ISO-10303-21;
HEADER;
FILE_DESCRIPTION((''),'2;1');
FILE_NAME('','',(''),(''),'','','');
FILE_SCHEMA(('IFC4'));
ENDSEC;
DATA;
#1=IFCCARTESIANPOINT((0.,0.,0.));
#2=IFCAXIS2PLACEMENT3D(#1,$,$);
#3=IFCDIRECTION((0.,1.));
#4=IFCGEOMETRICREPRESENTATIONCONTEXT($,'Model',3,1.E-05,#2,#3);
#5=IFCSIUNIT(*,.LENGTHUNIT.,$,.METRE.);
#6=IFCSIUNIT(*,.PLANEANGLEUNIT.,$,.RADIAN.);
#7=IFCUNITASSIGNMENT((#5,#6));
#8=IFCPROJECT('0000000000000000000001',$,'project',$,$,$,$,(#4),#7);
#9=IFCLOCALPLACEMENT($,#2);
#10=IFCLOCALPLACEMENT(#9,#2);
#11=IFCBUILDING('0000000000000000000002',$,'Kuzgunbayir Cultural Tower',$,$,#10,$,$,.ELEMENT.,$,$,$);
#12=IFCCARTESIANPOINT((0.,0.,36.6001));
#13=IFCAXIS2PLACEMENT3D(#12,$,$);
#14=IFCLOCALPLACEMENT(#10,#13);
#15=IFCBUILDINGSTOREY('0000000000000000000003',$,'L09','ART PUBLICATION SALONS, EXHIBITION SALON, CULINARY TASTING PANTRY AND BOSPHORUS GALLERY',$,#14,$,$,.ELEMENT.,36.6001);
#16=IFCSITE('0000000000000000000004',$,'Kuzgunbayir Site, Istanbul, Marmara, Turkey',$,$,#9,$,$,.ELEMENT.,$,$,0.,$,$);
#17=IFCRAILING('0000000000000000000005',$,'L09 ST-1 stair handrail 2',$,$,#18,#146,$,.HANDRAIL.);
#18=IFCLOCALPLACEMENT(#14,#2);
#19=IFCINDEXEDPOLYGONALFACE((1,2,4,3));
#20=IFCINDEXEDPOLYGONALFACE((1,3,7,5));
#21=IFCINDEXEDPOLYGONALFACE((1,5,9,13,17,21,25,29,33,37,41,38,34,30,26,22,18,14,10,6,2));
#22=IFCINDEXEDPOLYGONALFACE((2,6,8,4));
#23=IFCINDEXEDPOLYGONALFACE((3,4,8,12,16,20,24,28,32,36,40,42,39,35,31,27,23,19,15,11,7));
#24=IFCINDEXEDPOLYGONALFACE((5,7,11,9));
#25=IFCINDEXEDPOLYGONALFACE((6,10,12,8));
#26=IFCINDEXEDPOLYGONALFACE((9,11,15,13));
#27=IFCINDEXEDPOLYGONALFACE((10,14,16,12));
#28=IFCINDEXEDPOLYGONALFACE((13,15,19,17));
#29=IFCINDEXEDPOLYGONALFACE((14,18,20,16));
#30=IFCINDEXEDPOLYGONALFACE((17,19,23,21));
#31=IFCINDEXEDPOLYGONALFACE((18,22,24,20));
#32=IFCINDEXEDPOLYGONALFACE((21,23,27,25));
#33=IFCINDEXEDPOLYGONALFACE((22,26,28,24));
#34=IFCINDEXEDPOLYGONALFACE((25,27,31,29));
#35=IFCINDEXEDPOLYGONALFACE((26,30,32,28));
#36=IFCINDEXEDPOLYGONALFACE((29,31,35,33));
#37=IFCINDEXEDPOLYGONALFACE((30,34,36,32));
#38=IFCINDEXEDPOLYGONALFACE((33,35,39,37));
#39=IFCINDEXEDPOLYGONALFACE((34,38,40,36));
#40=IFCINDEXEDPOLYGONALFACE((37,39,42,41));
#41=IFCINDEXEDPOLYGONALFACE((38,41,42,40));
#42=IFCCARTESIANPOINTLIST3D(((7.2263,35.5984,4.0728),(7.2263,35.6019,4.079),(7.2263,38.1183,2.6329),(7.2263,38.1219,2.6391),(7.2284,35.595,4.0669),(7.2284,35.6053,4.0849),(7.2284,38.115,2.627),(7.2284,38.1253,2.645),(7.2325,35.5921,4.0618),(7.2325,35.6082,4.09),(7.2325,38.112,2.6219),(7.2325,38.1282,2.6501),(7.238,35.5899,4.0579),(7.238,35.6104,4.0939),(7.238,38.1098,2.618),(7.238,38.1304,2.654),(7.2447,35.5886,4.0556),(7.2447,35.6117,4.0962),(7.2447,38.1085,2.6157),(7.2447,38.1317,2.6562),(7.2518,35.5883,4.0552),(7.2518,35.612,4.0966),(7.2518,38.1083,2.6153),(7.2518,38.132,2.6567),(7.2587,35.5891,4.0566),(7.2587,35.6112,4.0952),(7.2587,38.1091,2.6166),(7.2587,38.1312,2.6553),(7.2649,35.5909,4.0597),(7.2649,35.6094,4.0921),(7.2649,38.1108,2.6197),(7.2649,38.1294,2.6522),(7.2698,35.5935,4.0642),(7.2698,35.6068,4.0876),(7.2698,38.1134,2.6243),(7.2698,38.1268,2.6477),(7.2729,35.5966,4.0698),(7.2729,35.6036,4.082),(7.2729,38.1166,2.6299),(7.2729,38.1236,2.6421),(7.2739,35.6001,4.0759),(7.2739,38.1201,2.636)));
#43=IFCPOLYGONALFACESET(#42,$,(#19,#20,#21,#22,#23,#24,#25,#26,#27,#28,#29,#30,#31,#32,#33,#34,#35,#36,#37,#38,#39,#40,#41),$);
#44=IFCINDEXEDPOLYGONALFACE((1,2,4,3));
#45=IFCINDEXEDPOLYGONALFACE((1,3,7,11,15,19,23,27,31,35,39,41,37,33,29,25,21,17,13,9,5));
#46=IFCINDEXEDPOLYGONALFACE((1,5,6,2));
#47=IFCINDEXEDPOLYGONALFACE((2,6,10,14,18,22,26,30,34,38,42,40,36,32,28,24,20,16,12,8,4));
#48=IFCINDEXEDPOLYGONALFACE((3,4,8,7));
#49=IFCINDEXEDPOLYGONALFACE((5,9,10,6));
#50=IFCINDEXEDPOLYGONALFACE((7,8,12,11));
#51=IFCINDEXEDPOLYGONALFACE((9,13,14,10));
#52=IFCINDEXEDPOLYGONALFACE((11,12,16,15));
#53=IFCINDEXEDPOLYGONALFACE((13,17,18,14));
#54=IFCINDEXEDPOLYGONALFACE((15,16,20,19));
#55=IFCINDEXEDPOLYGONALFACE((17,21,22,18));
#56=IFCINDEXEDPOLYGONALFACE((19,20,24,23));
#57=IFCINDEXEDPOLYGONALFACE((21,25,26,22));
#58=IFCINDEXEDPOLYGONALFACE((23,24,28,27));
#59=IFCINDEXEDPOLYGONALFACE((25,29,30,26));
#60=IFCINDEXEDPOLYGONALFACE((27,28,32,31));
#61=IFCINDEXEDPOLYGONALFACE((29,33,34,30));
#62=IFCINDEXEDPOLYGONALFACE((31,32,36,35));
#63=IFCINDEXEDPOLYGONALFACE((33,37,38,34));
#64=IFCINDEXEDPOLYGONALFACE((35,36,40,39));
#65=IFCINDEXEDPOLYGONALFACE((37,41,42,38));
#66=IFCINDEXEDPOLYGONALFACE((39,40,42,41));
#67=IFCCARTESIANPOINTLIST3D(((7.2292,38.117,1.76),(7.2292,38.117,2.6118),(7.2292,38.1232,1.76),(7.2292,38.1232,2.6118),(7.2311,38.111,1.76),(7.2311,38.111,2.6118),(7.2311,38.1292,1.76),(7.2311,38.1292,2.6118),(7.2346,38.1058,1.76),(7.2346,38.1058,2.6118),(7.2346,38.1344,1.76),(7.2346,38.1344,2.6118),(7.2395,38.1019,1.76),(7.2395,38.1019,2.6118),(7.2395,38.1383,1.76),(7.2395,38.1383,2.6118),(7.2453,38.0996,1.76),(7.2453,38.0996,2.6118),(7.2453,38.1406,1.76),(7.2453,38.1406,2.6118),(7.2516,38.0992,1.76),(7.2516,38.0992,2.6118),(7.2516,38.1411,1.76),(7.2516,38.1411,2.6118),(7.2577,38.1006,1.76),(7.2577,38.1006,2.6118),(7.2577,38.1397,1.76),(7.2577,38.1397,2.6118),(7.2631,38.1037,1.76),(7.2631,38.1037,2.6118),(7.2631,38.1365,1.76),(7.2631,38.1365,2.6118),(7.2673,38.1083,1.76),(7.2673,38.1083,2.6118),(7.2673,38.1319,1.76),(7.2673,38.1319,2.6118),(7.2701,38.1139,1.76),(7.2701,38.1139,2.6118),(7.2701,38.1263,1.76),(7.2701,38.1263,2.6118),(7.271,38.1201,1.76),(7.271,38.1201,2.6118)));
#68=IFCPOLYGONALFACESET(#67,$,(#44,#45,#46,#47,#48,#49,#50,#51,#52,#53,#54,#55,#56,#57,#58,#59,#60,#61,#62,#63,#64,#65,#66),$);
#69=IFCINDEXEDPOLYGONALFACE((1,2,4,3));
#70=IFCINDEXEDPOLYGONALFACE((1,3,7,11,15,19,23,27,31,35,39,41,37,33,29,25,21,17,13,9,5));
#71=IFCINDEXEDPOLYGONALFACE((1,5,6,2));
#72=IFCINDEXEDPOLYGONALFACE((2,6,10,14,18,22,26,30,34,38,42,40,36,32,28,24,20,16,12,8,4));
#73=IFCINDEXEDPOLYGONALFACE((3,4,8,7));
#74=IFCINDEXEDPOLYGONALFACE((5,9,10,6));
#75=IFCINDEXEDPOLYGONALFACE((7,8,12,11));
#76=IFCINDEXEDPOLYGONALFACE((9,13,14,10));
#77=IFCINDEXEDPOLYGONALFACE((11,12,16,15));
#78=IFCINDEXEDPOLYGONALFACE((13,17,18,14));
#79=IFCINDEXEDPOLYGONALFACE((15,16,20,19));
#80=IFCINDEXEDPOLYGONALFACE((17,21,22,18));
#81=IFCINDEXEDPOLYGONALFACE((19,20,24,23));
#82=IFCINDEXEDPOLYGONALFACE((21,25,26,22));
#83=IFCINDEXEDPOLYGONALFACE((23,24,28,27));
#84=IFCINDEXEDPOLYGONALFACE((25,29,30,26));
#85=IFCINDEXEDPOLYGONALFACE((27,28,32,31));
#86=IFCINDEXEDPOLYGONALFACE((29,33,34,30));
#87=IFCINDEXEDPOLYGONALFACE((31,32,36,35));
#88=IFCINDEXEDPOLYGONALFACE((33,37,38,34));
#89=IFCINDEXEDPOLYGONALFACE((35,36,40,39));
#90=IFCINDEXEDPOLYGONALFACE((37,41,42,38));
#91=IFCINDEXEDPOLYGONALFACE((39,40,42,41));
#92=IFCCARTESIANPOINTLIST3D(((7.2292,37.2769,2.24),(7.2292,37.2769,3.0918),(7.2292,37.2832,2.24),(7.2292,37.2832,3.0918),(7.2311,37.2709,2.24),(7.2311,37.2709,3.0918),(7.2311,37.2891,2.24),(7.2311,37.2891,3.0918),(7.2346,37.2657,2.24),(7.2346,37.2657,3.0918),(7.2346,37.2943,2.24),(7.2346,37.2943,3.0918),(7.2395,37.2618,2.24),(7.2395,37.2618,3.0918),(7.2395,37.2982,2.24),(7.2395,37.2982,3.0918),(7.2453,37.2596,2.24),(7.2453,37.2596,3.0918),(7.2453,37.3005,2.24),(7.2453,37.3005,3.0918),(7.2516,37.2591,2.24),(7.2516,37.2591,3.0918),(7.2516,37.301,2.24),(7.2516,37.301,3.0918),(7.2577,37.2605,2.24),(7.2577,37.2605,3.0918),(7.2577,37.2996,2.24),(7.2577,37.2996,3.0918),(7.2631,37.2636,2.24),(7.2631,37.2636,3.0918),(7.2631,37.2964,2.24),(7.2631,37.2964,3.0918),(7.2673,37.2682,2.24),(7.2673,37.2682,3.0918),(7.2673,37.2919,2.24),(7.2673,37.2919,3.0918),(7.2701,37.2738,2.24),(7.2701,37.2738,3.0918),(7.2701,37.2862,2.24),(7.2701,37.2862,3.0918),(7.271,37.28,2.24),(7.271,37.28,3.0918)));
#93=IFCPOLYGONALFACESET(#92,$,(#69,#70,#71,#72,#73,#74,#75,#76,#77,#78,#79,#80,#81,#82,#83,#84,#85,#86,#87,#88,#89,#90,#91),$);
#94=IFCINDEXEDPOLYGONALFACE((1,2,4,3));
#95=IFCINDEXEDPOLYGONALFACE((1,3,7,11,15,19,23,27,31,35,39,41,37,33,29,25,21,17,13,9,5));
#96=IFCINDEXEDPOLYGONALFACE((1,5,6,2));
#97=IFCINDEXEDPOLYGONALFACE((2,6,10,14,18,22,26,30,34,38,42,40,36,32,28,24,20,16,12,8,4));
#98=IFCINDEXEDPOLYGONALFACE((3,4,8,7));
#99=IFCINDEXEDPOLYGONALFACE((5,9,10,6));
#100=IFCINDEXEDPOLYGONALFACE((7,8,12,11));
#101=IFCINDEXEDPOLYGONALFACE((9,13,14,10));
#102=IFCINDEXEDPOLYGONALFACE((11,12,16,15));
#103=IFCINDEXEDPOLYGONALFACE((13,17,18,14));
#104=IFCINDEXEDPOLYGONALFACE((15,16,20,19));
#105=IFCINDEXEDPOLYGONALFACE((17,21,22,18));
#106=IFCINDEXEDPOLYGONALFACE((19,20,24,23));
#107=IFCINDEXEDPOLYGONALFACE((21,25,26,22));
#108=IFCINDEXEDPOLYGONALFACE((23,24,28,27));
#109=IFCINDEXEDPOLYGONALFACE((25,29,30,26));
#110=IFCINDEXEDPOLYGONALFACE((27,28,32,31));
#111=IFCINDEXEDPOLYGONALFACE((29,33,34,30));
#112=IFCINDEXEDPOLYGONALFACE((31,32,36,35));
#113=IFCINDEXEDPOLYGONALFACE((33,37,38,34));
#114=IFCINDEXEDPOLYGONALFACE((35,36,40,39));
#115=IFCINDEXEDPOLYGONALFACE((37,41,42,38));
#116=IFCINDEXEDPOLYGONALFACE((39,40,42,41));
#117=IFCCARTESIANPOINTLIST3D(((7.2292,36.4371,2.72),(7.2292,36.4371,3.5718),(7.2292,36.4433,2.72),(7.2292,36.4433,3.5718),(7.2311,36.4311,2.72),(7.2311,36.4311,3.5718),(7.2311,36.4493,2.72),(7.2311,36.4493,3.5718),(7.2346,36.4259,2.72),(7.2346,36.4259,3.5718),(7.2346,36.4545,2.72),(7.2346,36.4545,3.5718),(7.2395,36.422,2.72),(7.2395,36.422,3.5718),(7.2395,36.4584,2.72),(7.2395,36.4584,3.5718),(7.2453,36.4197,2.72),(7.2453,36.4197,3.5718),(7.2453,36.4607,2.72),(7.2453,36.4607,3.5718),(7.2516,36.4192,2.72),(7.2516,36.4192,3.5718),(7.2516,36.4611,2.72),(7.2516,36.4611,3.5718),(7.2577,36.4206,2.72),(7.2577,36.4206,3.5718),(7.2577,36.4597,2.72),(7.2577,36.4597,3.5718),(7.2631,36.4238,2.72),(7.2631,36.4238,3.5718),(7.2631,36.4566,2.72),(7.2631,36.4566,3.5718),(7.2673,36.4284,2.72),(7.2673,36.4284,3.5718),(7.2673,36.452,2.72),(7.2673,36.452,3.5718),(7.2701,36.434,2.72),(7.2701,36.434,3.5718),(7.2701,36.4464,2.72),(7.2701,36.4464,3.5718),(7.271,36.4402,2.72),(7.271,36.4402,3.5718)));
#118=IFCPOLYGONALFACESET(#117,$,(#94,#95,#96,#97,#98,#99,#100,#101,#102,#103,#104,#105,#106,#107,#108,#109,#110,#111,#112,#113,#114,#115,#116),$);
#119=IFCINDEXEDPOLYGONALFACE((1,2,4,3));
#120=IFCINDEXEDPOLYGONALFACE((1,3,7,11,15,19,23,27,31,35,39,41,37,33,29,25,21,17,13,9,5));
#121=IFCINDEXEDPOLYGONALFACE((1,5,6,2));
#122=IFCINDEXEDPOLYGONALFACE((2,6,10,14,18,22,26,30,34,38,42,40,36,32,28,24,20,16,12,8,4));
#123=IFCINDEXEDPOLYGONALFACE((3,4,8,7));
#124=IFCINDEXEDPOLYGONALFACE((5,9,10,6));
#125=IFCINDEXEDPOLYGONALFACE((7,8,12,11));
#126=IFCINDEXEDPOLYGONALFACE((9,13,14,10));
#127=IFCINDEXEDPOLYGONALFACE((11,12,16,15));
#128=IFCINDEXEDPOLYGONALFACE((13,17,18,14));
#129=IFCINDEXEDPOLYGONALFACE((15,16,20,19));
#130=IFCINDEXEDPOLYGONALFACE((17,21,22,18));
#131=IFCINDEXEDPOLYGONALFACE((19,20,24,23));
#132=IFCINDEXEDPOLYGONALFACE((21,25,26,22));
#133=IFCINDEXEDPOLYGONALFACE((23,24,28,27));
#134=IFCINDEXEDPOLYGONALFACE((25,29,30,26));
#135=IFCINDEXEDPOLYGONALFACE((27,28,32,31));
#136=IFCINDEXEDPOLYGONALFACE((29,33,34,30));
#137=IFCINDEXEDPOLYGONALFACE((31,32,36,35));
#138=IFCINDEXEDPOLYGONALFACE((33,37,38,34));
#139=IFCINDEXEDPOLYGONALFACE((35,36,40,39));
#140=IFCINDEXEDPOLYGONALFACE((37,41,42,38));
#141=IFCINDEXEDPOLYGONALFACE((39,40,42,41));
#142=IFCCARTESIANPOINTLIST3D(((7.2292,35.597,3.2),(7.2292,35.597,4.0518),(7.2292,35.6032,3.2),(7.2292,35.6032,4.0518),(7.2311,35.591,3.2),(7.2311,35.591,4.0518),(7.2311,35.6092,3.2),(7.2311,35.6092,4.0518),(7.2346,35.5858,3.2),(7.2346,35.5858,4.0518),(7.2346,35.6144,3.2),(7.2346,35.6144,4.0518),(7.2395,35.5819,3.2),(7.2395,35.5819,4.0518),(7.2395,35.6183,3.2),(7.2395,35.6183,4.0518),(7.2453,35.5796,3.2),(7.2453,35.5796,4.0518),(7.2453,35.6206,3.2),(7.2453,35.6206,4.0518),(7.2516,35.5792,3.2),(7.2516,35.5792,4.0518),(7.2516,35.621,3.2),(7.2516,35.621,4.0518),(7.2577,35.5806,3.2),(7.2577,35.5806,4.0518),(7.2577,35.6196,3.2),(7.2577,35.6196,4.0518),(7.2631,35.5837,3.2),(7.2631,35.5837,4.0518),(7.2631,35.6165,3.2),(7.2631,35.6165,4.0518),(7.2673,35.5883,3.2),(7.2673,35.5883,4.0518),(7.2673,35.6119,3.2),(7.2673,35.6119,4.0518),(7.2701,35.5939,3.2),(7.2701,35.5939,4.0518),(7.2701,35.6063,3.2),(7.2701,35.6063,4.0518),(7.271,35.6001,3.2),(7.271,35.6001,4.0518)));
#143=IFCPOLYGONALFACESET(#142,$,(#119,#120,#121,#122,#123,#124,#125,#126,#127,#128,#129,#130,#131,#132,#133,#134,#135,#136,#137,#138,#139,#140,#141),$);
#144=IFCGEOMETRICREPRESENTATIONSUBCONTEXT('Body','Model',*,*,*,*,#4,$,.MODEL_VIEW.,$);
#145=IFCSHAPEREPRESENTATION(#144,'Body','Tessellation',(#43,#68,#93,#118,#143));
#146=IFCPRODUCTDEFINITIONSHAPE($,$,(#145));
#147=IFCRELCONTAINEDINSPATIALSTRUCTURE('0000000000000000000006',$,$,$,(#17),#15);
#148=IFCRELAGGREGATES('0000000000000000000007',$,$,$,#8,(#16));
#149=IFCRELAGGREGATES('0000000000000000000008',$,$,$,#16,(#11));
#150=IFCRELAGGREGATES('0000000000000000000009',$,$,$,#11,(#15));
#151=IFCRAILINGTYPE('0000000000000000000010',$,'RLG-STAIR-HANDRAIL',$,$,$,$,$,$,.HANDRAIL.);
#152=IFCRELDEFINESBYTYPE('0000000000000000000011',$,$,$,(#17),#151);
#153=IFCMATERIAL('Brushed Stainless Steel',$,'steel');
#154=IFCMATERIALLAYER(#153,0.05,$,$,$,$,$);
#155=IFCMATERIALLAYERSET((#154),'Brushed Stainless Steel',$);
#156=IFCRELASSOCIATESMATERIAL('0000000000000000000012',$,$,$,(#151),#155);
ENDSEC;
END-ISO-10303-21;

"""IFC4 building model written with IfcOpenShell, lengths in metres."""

from ifc_helpers import new_model, si_unit, direction, frame, origin, origin_2d, place, context, subcontext, project, spatial, circle, extrude, material, layer, layer_set, type_object, element, save


model = new_model("IFC4")

# Units and contexts
model_context = context("Model", 3, precision=1e-05, world=origin(), true_north=direction((0.0, 1.0)))
body_context = subcontext(model_context, "Body", "Model", "MODEL_VIEW")
ifc_project = project(units=[si_unit("LENGTHUNIT", "METRE"), si_unit("PLANEANGLEUNIT", "RADIAN")], contexts=[model_context])

# Site, building, storey
site_placement = place(None, origin())
site = spatial("IfcSite", under=ifc_project, at=site_placement, Name="Kuzgunbayir Site, Istanbul, Marmara, Turkey", CompositionType="ELEMENT", RefElevation=0.0)
building_placement = place(site_placement, origin())
building = spatial("IfcBuilding", under=site, at=building_placement, Name="Kuzgunbayir Cultural Tower", CompositionType="ELEMENT")
storey_placement = place(building_placement, frame((0.0, 0.0, 36.6001)))
storey = spatial("IfcBuildingStorey", under=building, at=storey_placement, Name="L09", Description="ART PUBLICATION SALONS, EXHIBITION SALON, CULINARY TASTING PANTRY AND BOSPHORUS GALLERY", CompositionType="ELEMENT", Elevation=36.6001)

# Railing
ifc_material_1 = material(Name="Brushed Stainless Steel", Category="steel")
ifc_layer_1 = layer(ifc_material_1, 0.05)
ifc_layer_set_1 = layer_set([ifc_layer_1], Name="Brushed Stainless Steel")
railing_type_1 = type_object("IfcRailingType", Name="RLG-STAIR-HANDRAIL", PredefinedType="HANDRAIL", material=ifc_layer_set_1)
railing_1_placement = place(storey_placement, frame((7.25, 38.1201, 1.76)))
element("IfcRailing", 1, at=railing_1_placement, inside=storey, type_object=railing_type_1, Name="L09 ST-1 stair handrail 2", PredefinedType="HANDRAIL", context=body_context, shape_type="SweptSolid", body=[
    extrude(circle(Radius=0.0239, at=origin_2d()), frame((0.0, 0.0, 0.876), z_axis=(0.0, -0.868253, 0.496121), x_axis=(1.0, 0.0, 0.0)), (0.0, 0.0, 1.0), 2.9023),
    extrude(circle(Radius=0.021, at=origin_2d()), origin(), (0.0, 0.0, 1.0), 0.8518),
    extrude(circle(Radius=0.021, at=origin_2d()), frame((0.0, -0.8401, 0.48)), (0.0, 0.0, 1.0), 0.8518),
    extrude(circle(Radius=0.021, at=origin_2d()), frame((0.0, -1.6799, 0.96)), (0.0, 0.0, 1.0), 0.8518),
    extrude(circle(Radius=0.021, at=origin_2d()), frame((0.0, -2.52, 1.4399)), (0.0, 0.0, 1.0), 0.8518),
])

save(model, "model.ifc")
